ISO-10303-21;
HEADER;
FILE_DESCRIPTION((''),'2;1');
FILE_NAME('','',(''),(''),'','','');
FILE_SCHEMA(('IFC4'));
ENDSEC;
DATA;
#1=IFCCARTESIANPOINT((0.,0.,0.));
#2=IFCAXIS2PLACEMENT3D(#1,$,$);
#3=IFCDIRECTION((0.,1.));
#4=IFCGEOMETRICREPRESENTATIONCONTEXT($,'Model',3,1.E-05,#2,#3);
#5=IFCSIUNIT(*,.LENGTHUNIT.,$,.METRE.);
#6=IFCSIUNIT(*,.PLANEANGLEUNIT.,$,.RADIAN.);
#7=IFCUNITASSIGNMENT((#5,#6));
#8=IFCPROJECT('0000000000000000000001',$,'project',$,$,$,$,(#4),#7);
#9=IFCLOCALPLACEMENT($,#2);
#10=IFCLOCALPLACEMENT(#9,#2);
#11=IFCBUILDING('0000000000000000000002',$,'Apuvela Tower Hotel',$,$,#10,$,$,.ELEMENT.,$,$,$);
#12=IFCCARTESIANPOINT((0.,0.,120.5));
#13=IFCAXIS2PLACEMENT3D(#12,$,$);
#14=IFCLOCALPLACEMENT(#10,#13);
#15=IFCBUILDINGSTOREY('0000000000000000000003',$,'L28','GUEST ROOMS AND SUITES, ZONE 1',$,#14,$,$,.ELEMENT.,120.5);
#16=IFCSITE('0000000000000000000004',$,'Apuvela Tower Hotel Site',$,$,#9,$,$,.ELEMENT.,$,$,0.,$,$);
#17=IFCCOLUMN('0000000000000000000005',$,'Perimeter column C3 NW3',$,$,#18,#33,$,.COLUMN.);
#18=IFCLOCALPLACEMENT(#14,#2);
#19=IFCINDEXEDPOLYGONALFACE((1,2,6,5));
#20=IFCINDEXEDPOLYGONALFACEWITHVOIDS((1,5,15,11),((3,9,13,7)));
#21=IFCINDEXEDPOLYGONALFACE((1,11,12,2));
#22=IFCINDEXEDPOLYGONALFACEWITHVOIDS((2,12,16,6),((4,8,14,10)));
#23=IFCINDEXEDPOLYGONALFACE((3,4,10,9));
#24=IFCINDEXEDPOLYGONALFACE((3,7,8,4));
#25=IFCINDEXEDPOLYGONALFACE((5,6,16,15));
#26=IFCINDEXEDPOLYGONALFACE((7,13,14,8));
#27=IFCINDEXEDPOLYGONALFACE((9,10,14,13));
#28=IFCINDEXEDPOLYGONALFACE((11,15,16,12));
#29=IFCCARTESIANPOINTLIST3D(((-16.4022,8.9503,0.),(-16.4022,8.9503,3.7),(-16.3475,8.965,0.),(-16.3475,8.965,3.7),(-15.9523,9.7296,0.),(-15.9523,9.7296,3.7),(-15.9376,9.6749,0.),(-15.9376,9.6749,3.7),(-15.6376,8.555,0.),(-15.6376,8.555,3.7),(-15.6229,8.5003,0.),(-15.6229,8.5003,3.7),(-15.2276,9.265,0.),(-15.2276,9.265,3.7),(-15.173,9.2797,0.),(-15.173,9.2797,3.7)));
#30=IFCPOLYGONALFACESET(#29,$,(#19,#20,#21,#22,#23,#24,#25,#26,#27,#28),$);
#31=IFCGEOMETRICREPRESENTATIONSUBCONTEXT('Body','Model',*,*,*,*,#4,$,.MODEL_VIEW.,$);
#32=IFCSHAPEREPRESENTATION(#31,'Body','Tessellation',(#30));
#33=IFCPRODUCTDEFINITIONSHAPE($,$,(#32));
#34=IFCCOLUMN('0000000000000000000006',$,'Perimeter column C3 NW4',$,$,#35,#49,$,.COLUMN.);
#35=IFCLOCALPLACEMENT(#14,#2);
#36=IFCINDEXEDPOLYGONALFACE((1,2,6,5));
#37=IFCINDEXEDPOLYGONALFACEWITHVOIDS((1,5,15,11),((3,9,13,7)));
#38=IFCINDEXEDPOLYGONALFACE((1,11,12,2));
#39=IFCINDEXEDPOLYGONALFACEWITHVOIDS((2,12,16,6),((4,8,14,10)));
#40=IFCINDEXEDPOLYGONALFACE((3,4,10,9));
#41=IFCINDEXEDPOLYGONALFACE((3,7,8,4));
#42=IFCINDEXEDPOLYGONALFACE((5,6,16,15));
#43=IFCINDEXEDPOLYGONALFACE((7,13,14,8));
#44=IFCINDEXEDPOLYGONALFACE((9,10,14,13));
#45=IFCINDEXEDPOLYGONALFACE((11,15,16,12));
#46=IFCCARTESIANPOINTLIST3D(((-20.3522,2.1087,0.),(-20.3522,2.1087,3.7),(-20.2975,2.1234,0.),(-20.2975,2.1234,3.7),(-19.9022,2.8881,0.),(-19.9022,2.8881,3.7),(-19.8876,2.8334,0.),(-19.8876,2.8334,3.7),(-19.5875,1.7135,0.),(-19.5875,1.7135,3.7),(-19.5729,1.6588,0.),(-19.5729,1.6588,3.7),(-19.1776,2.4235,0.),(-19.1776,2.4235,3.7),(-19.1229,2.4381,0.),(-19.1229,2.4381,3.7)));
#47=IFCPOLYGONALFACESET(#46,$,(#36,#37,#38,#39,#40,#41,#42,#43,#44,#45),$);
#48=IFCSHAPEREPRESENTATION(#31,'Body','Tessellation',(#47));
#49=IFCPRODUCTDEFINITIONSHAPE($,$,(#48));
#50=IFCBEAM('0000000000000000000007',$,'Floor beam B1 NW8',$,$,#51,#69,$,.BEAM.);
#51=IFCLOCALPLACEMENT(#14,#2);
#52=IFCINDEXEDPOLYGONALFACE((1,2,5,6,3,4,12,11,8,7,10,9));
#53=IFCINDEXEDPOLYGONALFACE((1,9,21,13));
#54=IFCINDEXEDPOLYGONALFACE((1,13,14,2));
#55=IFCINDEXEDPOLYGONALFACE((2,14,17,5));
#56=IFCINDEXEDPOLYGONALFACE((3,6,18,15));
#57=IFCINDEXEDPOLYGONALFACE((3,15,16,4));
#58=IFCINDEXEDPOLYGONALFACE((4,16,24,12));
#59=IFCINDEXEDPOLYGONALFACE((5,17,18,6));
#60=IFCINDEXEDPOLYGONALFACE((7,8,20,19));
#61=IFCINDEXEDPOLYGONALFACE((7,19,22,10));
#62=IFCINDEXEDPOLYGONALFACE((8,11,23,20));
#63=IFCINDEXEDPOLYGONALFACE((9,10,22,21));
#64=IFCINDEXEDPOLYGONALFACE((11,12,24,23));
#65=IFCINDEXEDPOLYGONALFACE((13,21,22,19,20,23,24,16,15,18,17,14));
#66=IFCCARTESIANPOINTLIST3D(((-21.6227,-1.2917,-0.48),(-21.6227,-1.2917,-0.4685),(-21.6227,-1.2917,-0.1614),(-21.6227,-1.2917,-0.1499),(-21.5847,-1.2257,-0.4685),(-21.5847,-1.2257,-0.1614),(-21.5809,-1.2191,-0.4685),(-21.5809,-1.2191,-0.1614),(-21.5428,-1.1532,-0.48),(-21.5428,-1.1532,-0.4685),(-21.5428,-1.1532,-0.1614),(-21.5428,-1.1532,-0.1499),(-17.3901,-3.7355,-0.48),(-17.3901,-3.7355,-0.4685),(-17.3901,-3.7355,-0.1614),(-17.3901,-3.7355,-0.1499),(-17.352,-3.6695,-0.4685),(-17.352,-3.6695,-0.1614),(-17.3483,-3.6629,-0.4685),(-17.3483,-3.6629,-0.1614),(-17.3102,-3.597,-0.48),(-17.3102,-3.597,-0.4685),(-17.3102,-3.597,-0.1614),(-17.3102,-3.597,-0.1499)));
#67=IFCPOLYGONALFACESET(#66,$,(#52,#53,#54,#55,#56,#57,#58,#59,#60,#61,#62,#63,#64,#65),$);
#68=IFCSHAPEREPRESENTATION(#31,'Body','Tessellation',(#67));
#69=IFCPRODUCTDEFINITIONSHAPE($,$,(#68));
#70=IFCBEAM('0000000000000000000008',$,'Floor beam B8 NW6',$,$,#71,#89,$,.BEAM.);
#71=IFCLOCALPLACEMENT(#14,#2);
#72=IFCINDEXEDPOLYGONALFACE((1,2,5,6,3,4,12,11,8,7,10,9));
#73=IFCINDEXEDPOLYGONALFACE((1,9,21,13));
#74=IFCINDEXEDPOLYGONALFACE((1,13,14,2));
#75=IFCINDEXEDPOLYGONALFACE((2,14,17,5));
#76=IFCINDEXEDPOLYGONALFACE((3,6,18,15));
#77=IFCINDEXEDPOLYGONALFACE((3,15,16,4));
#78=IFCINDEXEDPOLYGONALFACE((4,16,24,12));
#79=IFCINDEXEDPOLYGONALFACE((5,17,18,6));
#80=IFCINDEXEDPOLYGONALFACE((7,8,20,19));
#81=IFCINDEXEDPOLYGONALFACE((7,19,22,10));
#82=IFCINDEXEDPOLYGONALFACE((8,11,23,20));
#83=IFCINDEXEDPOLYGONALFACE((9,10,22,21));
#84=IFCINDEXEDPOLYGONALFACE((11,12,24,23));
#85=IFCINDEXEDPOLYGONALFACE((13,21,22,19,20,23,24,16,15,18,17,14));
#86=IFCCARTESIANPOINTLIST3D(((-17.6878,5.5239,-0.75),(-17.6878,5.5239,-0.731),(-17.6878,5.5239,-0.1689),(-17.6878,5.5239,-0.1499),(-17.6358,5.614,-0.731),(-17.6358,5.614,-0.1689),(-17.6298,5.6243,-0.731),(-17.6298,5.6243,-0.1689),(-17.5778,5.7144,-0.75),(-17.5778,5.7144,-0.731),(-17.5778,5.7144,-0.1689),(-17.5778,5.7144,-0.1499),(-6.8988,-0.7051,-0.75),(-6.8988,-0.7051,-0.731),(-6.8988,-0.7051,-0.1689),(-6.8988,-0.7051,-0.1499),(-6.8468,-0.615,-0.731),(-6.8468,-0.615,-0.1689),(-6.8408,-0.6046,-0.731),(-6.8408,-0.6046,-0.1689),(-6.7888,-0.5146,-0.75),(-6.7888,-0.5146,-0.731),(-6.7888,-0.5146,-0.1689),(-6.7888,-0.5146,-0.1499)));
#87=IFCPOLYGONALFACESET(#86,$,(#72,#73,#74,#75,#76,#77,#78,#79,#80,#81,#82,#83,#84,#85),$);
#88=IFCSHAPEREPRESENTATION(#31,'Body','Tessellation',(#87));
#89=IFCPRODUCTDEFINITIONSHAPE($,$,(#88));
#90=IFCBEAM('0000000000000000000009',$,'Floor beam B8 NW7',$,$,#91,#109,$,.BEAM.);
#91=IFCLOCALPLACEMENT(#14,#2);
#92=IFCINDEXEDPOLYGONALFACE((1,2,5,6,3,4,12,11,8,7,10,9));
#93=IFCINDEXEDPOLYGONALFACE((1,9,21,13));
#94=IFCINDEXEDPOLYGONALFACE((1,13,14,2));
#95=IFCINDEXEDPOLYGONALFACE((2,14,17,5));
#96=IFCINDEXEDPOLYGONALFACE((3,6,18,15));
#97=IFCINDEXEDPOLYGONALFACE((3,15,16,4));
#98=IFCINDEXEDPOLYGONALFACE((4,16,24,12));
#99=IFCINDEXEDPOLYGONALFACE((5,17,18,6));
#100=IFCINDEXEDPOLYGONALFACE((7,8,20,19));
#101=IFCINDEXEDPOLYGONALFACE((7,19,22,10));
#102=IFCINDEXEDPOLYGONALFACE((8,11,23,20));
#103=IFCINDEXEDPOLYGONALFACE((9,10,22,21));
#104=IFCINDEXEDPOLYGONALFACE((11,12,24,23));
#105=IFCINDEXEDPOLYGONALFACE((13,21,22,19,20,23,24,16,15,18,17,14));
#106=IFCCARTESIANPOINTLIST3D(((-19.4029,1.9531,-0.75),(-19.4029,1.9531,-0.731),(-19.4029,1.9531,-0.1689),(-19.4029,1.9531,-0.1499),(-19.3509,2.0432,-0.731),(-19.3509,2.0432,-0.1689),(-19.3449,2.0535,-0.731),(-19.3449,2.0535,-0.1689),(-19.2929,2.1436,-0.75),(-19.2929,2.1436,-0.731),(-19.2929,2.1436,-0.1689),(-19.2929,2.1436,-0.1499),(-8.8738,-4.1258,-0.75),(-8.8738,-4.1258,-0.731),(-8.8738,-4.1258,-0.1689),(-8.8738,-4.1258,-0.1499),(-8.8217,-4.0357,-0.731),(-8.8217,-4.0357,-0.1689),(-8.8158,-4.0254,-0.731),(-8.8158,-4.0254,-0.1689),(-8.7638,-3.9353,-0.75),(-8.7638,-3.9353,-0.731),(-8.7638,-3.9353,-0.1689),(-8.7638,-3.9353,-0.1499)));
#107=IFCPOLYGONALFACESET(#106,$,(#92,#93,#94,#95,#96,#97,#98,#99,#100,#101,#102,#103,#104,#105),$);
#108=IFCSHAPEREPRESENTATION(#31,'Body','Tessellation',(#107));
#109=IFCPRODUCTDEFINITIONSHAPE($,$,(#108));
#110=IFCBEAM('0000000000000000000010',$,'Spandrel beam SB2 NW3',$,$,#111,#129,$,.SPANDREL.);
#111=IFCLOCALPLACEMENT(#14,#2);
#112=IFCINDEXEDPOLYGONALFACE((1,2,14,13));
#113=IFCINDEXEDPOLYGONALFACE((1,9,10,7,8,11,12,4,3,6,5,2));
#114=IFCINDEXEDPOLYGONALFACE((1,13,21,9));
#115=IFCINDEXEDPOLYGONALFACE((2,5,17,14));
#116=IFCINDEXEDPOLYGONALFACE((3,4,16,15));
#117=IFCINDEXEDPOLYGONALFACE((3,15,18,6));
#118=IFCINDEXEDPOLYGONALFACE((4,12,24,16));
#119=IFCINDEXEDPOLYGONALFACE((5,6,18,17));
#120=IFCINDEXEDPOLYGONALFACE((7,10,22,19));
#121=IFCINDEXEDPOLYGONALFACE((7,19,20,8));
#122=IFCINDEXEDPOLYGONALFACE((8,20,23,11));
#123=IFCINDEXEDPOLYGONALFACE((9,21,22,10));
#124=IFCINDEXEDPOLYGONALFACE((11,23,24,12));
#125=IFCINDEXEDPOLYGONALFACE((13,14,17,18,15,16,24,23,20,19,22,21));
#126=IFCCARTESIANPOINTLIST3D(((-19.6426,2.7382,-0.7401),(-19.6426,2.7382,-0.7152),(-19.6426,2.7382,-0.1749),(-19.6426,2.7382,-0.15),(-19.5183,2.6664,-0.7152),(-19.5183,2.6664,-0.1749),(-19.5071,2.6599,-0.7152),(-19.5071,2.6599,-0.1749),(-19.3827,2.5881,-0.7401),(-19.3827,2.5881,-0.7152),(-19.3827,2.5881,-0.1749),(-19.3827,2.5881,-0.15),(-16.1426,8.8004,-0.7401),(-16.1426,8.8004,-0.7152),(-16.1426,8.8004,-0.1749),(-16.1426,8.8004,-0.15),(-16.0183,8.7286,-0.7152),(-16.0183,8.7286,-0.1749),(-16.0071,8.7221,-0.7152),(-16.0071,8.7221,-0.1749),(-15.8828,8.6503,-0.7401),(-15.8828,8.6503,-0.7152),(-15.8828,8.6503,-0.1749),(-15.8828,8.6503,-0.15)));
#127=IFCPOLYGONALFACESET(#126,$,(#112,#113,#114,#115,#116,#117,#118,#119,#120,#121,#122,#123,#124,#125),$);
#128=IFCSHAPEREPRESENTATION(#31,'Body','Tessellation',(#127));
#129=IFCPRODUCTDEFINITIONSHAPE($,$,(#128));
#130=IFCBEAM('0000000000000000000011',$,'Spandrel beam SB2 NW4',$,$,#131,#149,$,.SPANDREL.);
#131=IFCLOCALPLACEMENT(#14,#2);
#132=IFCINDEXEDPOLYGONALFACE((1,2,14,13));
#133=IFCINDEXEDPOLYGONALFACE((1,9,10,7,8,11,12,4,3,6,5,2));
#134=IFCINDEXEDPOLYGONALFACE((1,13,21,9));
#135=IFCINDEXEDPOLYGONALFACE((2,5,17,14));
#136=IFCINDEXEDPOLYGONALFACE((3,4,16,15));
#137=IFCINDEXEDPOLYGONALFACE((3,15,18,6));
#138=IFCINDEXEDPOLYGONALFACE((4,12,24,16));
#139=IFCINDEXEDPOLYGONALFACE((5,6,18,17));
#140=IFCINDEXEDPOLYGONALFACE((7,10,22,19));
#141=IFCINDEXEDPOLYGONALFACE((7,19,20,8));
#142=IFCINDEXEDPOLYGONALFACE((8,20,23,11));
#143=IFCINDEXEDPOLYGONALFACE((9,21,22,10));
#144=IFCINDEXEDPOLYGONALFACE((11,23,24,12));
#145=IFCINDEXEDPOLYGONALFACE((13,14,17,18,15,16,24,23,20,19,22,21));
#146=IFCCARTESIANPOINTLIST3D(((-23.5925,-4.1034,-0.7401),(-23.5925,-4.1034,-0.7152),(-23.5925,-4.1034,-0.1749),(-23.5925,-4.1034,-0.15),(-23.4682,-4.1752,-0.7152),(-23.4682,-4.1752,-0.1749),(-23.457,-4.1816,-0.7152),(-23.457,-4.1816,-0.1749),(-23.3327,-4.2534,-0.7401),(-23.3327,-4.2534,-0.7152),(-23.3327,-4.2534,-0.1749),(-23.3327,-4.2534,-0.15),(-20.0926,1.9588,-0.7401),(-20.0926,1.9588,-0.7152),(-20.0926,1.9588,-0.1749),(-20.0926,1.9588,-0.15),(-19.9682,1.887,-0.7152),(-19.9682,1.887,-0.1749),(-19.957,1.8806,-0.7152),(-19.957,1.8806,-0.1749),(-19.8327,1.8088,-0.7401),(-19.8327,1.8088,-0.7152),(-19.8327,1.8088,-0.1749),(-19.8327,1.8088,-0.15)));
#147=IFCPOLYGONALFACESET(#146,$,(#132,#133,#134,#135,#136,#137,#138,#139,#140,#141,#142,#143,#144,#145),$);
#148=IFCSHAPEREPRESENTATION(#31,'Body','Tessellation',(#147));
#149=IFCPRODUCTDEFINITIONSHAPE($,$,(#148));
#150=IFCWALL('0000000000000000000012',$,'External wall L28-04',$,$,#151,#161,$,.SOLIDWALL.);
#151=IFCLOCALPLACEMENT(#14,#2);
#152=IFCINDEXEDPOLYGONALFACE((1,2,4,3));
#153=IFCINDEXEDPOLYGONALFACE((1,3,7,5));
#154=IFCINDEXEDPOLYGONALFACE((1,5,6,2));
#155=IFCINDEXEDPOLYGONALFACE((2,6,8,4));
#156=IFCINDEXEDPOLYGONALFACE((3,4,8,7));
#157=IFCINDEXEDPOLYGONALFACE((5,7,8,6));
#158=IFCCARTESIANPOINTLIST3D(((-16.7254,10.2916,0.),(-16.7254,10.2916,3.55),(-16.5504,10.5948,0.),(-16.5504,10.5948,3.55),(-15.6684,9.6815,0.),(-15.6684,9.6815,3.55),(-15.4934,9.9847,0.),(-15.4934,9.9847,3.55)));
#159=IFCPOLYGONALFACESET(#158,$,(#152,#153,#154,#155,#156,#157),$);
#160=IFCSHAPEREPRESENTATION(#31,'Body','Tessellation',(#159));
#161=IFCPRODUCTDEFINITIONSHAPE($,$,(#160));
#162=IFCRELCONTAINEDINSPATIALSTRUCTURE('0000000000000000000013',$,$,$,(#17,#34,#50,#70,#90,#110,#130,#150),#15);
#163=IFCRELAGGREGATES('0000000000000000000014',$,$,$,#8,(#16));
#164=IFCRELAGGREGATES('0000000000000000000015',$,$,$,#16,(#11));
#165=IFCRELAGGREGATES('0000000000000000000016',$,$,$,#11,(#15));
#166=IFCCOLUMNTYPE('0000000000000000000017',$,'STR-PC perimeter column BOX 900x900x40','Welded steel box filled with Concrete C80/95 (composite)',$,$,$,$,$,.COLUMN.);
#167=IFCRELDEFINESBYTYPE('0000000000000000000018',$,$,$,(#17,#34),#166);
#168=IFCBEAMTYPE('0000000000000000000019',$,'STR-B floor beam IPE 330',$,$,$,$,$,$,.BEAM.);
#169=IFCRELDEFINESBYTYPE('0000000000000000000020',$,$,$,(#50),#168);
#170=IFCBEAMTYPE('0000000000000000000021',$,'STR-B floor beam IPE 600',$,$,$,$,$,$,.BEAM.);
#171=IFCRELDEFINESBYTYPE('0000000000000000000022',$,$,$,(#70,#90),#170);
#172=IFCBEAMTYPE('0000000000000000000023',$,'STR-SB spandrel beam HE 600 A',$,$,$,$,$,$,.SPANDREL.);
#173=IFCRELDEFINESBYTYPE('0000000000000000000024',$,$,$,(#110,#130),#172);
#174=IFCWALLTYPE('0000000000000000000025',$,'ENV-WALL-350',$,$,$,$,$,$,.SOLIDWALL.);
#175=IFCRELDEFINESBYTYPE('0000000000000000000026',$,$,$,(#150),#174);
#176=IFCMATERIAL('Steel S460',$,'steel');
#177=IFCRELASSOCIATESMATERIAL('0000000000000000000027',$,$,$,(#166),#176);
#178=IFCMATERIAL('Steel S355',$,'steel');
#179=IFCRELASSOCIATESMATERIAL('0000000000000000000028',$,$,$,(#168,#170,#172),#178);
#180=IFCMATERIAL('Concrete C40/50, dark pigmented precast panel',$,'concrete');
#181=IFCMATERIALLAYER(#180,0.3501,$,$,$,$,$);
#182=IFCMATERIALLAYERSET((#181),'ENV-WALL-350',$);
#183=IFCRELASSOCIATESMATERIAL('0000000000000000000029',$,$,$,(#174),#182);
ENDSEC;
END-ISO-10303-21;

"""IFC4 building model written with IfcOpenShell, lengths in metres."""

from ifc_helpers import new_model, si_unit, direction, frame, frame_2d, origin, origin_2d, place, context, subcontext, project, spatial, rectangle, hollow_rectangle, i_section, extrude, material, layer, layer_set, material_profile, profile_set, type_object, element, save


model = new_model("IFC4")

# Units and contexts
model_context = context("Model", 3, precision=1e-05, world=origin(), true_north=direction((0.0, 1.0)))
body_context = subcontext(model_context, "Body", "Model", "MODEL_VIEW")
ifc_project = project(units=[si_unit("LENGTHUNIT", "METRE"), si_unit("PLANEANGLEUNIT", "RADIAN")], contexts=[model_context])

# Site, building, storey
site_placement = place(None, origin())
site = spatial("IfcSite", under=ifc_project, at=site_placement, Name="Apuvela Tower Hotel Site", CompositionType="ELEMENT", RefElevation=0.0)
building_placement = place(site_placement, origin())
building = spatial("IfcBuilding", under=site, at=building_placement, Name="Apuvela Tower Hotel", CompositionType="ELEMENT")
storey_placement = place(building_placement, frame((0.0, 0.0, 120.5)))
storey = spatial("IfcBuildingStorey", under=building, at=storey_placement, Name="L28", Description="GUEST ROOMS AND SUITES, ZONE 1", CompositionType="ELEMENT", Elevation=120.5)

# Columns
ifc_material_1 = material(Name="Steel S460", Category="steel")
ifc_material_profile_1 = material_profile(ifc_material_1, hollow_rectangle(XDim=0.8999, YDim=0.8999, WallThickness=0.04, at=origin_2d()), Name="BOX 900x900x40")
ifc_material_2 = material(Name="Concrete C80/95", Category="concrete")
ifc_material_profile_2 = material_profile(ifc_material_2, rectangle(XDim=0.8201, YDim=0.8201, at=origin_2d()), Name="Concrete C80/95 infill")
ifc_profile_set_1 = profile_set([ifc_material_profile_1, ifc_material_profile_2], Name="Steel S460")
column_type = type_object("IfcColumnType", Name="STR-PC perimeter column BOX 900x900x40", Description="Welded steel box filled with Concrete C80/95 (composite)", PredefinedType="COLUMN", material=ifc_profile_set_1)
for number, where, z_axis, x_axis, name in (
    (1, (-15.7876, 9.115, 0.0), (0.0, 0.0, 1.0), (0.5, 0.866025, 0.0), "Perimeter column C3 NW3"),
    (2, (-19.7375, 2.2734, 0.0), (0.0, 0.0, 1.0), (0.5, 0.866025, 0.0), "Perimeter column C3 NW4"),
):
    element("IfcColumn", number, at=place(storey_placement, frame(where, z_axis=z_axis, x_axis=x_axis)), inside=storey, type_object=column_type, Name=name, PredefinedType="COLUMN", context=body_context, shape_type="SweptSolid", body=[
        extrude(hollow_rectangle(XDim=0.8999, YDim=0.8999, WallThickness=0.04, at=origin_2d()), origin(), (0.0, 0.0, 1.0), 3.7),
    ])

# Beams
ifc_material_3 = material(Name="Steel S355", Category="steel")
ifc_material_profile_3 = material_profile(ifc_material_3, i_section(OverallWidth=0.1599, OverallDepth=0.3301, WebThickness=0.0076, FlangeThickness=0.0115, at=origin_2d()), Name="IPE 330")
ifc_profile_set_2 = profile_set([ifc_material_profile_3], Name="Steel S355")
beam_type_1 = type_object("IfcBeamType", Name="STR-B floor beam IPE 330", PredefinedType="BEAM", material=ifc_profile_set_2)
beam_1_placement = place(storey_placement, frame((-21.5828, -1.2224, -0.3149), z_axis=(0.866015, -0.500018, 0.0), x_axis=(0.500018, 0.866015, 0.0)))
element("IfcBeam", 3, at=beam_1_placement, inside=storey, type_object=beam_type_1, Name="Floor beam B1 NW8", PredefinedType="BEAM", context=body_context, shape_type="SweptSolid", body=[
    extrude(i_section(OverallWidth=0.1599, OverallDepth=0.3301, WebThickness=0.0076, FlangeThickness=0.0115, at=origin_2d()), origin(), (0.0, 0.0, 1.0), 4.8875),
])
ifc_material_profile_4 = material_profile(ifc_material_3, i_section(OverallWidth=0.22, OverallDepth=0.6001, WebThickness=0.012, FlangeThickness=0.019, at=origin_2d()), Name="IPE 600")
ifc_profile_set_3 = profile_set([ifc_material_profile_4], Name="Steel S355")
beam_type_2 = type_object("IfcBeamType", Name="STR-B floor beam IPE 600", PredefinedType="BEAM", material=ifc_profile_set_3)
beam_2_placement = place(storey_placement, frame((-17.6328, 5.6191, -0.45), z_axis=(0.866028, -0.499996, 0.0), x_axis=(0.499996, 0.866028, 0.0)))
element("IfcBeam", 4, at=beam_2_placement, inside=storey, type_object=beam_type_2, Name="Floor beam B8 NW6", PredefinedType="BEAM", context=body_context, shape_type="SweptSolid", body=[
    extrude(i_section(OverallWidth=0.22, OverallDepth=0.6001, WebThickness=0.012, FlangeThickness=0.019, at=origin_2d()), origin(), (0.0, 0.0, 1.0), 12.458),
])
beam_3_placement = place(storey_placement, frame((-19.3479, 2.0483, -0.45), z_axis=(0.866029, -0.499994, 0.0), x_axis=(0.499994, 0.866029, 0.0)))
element("IfcBeam", 5, at=beam_3_placement, inside=storey, type_object=beam_type_2, Name="Floor beam B8 NW7", PredefinedType="BEAM", context=body_context, shape_type="SweptSolid", body=[
    extrude(i_section(OverallWidth=0.22, OverallDepth=0.6001, WebThickness=0.012, FlangeThickness=0.019, at=origin_2d()), origin(), (0.0, 0.0, 1.0), 12.158),
])
ifc_material_profile_5 = material_profile(ifc_material_3, i_section(OverallWidth=0.3, OverallDepth=0.5901, WebThickness=0.0129, FlangeThickness=0.0249, at=origin_2d()), Name="HE 600 A")
ifc_profile_set_4 = profile_set([ifc_material_profile_5], Name="Steel S355")
beam_type_3 = type_object("IfcBeamType", Name="STR-SB spandrel beam HE 600 A", PredefinedType="SPANDREL", material=ifc_profile_set_4)
for number, where, z_axis, x_axis, name in (
    (6, (-16.0127, 8.7253, -0.4451), (-0.499995, -0.866028, 0.0), (0.866028, -0.499995, 0.0), "Spandrel beam SB2 NW3"),
    (7, (-19.9626, 1.8838, -0.4451), (-0.499995, -0.866028, 0.0), (0.866028, -0.499995, 0.0), "Spandrel beam SB2 NW4"),
):
    element("IfcBeam", number, at=place(storey_placement, frame(where, z_axis=z_axis, x_axis=x_axis)), inside=storey, type_object=beam_type_3, Name=name, PredefinedType="SPANDREL", context=body_context, shape_type="SweptSolid", body=[
        extrude(i_section(OverallWidth=0.3, OverallDepth=0.5901, WebThickness=0.0129, FlangeThickness=0.0249, at=origin_2d()), origin(), (0.0, 0.0, 1.0), 7.0),
    ])

# Wall
ifc_material_4 = material(Name="Concrete C40/50, dark pigmented precast panel", Category="concrete")
ifc_layer_1 = layer(ifc_material_4, 0.3501)
ifc_layer_set_1 = layer_set([ifc_layer_1], Name="ENV-WALL-350")
wall_type_1 = type_object("IfcWallType", Name="ENV-WALL-350", PredefinedType="SOLIDWALL", material=ifc_layer_set_1)
wall_1_placement = place(storey_placement, frame((-15.5808, 9.833, 0.0), z_axis=(0.0, 0.0, 1.0), x_axis=(-0.866056, 0.499948, 0.0)))
element("IfcWall", 8, at=wall_1_placement, inside=storey, type_object=wall_type_1, Name="External wall L28-04", PredefinedType="SOLIDWALL", context=body_context, shape_type="SweptSolid", body=[
    extrude(rectangle(XDim=1.2205, YDim=0.3501, at=frame_2d((0.6104, 0.0))), origin(), (0.0, 0.0, 1.0), 3.55),
])

save(model, "model.ifc")
